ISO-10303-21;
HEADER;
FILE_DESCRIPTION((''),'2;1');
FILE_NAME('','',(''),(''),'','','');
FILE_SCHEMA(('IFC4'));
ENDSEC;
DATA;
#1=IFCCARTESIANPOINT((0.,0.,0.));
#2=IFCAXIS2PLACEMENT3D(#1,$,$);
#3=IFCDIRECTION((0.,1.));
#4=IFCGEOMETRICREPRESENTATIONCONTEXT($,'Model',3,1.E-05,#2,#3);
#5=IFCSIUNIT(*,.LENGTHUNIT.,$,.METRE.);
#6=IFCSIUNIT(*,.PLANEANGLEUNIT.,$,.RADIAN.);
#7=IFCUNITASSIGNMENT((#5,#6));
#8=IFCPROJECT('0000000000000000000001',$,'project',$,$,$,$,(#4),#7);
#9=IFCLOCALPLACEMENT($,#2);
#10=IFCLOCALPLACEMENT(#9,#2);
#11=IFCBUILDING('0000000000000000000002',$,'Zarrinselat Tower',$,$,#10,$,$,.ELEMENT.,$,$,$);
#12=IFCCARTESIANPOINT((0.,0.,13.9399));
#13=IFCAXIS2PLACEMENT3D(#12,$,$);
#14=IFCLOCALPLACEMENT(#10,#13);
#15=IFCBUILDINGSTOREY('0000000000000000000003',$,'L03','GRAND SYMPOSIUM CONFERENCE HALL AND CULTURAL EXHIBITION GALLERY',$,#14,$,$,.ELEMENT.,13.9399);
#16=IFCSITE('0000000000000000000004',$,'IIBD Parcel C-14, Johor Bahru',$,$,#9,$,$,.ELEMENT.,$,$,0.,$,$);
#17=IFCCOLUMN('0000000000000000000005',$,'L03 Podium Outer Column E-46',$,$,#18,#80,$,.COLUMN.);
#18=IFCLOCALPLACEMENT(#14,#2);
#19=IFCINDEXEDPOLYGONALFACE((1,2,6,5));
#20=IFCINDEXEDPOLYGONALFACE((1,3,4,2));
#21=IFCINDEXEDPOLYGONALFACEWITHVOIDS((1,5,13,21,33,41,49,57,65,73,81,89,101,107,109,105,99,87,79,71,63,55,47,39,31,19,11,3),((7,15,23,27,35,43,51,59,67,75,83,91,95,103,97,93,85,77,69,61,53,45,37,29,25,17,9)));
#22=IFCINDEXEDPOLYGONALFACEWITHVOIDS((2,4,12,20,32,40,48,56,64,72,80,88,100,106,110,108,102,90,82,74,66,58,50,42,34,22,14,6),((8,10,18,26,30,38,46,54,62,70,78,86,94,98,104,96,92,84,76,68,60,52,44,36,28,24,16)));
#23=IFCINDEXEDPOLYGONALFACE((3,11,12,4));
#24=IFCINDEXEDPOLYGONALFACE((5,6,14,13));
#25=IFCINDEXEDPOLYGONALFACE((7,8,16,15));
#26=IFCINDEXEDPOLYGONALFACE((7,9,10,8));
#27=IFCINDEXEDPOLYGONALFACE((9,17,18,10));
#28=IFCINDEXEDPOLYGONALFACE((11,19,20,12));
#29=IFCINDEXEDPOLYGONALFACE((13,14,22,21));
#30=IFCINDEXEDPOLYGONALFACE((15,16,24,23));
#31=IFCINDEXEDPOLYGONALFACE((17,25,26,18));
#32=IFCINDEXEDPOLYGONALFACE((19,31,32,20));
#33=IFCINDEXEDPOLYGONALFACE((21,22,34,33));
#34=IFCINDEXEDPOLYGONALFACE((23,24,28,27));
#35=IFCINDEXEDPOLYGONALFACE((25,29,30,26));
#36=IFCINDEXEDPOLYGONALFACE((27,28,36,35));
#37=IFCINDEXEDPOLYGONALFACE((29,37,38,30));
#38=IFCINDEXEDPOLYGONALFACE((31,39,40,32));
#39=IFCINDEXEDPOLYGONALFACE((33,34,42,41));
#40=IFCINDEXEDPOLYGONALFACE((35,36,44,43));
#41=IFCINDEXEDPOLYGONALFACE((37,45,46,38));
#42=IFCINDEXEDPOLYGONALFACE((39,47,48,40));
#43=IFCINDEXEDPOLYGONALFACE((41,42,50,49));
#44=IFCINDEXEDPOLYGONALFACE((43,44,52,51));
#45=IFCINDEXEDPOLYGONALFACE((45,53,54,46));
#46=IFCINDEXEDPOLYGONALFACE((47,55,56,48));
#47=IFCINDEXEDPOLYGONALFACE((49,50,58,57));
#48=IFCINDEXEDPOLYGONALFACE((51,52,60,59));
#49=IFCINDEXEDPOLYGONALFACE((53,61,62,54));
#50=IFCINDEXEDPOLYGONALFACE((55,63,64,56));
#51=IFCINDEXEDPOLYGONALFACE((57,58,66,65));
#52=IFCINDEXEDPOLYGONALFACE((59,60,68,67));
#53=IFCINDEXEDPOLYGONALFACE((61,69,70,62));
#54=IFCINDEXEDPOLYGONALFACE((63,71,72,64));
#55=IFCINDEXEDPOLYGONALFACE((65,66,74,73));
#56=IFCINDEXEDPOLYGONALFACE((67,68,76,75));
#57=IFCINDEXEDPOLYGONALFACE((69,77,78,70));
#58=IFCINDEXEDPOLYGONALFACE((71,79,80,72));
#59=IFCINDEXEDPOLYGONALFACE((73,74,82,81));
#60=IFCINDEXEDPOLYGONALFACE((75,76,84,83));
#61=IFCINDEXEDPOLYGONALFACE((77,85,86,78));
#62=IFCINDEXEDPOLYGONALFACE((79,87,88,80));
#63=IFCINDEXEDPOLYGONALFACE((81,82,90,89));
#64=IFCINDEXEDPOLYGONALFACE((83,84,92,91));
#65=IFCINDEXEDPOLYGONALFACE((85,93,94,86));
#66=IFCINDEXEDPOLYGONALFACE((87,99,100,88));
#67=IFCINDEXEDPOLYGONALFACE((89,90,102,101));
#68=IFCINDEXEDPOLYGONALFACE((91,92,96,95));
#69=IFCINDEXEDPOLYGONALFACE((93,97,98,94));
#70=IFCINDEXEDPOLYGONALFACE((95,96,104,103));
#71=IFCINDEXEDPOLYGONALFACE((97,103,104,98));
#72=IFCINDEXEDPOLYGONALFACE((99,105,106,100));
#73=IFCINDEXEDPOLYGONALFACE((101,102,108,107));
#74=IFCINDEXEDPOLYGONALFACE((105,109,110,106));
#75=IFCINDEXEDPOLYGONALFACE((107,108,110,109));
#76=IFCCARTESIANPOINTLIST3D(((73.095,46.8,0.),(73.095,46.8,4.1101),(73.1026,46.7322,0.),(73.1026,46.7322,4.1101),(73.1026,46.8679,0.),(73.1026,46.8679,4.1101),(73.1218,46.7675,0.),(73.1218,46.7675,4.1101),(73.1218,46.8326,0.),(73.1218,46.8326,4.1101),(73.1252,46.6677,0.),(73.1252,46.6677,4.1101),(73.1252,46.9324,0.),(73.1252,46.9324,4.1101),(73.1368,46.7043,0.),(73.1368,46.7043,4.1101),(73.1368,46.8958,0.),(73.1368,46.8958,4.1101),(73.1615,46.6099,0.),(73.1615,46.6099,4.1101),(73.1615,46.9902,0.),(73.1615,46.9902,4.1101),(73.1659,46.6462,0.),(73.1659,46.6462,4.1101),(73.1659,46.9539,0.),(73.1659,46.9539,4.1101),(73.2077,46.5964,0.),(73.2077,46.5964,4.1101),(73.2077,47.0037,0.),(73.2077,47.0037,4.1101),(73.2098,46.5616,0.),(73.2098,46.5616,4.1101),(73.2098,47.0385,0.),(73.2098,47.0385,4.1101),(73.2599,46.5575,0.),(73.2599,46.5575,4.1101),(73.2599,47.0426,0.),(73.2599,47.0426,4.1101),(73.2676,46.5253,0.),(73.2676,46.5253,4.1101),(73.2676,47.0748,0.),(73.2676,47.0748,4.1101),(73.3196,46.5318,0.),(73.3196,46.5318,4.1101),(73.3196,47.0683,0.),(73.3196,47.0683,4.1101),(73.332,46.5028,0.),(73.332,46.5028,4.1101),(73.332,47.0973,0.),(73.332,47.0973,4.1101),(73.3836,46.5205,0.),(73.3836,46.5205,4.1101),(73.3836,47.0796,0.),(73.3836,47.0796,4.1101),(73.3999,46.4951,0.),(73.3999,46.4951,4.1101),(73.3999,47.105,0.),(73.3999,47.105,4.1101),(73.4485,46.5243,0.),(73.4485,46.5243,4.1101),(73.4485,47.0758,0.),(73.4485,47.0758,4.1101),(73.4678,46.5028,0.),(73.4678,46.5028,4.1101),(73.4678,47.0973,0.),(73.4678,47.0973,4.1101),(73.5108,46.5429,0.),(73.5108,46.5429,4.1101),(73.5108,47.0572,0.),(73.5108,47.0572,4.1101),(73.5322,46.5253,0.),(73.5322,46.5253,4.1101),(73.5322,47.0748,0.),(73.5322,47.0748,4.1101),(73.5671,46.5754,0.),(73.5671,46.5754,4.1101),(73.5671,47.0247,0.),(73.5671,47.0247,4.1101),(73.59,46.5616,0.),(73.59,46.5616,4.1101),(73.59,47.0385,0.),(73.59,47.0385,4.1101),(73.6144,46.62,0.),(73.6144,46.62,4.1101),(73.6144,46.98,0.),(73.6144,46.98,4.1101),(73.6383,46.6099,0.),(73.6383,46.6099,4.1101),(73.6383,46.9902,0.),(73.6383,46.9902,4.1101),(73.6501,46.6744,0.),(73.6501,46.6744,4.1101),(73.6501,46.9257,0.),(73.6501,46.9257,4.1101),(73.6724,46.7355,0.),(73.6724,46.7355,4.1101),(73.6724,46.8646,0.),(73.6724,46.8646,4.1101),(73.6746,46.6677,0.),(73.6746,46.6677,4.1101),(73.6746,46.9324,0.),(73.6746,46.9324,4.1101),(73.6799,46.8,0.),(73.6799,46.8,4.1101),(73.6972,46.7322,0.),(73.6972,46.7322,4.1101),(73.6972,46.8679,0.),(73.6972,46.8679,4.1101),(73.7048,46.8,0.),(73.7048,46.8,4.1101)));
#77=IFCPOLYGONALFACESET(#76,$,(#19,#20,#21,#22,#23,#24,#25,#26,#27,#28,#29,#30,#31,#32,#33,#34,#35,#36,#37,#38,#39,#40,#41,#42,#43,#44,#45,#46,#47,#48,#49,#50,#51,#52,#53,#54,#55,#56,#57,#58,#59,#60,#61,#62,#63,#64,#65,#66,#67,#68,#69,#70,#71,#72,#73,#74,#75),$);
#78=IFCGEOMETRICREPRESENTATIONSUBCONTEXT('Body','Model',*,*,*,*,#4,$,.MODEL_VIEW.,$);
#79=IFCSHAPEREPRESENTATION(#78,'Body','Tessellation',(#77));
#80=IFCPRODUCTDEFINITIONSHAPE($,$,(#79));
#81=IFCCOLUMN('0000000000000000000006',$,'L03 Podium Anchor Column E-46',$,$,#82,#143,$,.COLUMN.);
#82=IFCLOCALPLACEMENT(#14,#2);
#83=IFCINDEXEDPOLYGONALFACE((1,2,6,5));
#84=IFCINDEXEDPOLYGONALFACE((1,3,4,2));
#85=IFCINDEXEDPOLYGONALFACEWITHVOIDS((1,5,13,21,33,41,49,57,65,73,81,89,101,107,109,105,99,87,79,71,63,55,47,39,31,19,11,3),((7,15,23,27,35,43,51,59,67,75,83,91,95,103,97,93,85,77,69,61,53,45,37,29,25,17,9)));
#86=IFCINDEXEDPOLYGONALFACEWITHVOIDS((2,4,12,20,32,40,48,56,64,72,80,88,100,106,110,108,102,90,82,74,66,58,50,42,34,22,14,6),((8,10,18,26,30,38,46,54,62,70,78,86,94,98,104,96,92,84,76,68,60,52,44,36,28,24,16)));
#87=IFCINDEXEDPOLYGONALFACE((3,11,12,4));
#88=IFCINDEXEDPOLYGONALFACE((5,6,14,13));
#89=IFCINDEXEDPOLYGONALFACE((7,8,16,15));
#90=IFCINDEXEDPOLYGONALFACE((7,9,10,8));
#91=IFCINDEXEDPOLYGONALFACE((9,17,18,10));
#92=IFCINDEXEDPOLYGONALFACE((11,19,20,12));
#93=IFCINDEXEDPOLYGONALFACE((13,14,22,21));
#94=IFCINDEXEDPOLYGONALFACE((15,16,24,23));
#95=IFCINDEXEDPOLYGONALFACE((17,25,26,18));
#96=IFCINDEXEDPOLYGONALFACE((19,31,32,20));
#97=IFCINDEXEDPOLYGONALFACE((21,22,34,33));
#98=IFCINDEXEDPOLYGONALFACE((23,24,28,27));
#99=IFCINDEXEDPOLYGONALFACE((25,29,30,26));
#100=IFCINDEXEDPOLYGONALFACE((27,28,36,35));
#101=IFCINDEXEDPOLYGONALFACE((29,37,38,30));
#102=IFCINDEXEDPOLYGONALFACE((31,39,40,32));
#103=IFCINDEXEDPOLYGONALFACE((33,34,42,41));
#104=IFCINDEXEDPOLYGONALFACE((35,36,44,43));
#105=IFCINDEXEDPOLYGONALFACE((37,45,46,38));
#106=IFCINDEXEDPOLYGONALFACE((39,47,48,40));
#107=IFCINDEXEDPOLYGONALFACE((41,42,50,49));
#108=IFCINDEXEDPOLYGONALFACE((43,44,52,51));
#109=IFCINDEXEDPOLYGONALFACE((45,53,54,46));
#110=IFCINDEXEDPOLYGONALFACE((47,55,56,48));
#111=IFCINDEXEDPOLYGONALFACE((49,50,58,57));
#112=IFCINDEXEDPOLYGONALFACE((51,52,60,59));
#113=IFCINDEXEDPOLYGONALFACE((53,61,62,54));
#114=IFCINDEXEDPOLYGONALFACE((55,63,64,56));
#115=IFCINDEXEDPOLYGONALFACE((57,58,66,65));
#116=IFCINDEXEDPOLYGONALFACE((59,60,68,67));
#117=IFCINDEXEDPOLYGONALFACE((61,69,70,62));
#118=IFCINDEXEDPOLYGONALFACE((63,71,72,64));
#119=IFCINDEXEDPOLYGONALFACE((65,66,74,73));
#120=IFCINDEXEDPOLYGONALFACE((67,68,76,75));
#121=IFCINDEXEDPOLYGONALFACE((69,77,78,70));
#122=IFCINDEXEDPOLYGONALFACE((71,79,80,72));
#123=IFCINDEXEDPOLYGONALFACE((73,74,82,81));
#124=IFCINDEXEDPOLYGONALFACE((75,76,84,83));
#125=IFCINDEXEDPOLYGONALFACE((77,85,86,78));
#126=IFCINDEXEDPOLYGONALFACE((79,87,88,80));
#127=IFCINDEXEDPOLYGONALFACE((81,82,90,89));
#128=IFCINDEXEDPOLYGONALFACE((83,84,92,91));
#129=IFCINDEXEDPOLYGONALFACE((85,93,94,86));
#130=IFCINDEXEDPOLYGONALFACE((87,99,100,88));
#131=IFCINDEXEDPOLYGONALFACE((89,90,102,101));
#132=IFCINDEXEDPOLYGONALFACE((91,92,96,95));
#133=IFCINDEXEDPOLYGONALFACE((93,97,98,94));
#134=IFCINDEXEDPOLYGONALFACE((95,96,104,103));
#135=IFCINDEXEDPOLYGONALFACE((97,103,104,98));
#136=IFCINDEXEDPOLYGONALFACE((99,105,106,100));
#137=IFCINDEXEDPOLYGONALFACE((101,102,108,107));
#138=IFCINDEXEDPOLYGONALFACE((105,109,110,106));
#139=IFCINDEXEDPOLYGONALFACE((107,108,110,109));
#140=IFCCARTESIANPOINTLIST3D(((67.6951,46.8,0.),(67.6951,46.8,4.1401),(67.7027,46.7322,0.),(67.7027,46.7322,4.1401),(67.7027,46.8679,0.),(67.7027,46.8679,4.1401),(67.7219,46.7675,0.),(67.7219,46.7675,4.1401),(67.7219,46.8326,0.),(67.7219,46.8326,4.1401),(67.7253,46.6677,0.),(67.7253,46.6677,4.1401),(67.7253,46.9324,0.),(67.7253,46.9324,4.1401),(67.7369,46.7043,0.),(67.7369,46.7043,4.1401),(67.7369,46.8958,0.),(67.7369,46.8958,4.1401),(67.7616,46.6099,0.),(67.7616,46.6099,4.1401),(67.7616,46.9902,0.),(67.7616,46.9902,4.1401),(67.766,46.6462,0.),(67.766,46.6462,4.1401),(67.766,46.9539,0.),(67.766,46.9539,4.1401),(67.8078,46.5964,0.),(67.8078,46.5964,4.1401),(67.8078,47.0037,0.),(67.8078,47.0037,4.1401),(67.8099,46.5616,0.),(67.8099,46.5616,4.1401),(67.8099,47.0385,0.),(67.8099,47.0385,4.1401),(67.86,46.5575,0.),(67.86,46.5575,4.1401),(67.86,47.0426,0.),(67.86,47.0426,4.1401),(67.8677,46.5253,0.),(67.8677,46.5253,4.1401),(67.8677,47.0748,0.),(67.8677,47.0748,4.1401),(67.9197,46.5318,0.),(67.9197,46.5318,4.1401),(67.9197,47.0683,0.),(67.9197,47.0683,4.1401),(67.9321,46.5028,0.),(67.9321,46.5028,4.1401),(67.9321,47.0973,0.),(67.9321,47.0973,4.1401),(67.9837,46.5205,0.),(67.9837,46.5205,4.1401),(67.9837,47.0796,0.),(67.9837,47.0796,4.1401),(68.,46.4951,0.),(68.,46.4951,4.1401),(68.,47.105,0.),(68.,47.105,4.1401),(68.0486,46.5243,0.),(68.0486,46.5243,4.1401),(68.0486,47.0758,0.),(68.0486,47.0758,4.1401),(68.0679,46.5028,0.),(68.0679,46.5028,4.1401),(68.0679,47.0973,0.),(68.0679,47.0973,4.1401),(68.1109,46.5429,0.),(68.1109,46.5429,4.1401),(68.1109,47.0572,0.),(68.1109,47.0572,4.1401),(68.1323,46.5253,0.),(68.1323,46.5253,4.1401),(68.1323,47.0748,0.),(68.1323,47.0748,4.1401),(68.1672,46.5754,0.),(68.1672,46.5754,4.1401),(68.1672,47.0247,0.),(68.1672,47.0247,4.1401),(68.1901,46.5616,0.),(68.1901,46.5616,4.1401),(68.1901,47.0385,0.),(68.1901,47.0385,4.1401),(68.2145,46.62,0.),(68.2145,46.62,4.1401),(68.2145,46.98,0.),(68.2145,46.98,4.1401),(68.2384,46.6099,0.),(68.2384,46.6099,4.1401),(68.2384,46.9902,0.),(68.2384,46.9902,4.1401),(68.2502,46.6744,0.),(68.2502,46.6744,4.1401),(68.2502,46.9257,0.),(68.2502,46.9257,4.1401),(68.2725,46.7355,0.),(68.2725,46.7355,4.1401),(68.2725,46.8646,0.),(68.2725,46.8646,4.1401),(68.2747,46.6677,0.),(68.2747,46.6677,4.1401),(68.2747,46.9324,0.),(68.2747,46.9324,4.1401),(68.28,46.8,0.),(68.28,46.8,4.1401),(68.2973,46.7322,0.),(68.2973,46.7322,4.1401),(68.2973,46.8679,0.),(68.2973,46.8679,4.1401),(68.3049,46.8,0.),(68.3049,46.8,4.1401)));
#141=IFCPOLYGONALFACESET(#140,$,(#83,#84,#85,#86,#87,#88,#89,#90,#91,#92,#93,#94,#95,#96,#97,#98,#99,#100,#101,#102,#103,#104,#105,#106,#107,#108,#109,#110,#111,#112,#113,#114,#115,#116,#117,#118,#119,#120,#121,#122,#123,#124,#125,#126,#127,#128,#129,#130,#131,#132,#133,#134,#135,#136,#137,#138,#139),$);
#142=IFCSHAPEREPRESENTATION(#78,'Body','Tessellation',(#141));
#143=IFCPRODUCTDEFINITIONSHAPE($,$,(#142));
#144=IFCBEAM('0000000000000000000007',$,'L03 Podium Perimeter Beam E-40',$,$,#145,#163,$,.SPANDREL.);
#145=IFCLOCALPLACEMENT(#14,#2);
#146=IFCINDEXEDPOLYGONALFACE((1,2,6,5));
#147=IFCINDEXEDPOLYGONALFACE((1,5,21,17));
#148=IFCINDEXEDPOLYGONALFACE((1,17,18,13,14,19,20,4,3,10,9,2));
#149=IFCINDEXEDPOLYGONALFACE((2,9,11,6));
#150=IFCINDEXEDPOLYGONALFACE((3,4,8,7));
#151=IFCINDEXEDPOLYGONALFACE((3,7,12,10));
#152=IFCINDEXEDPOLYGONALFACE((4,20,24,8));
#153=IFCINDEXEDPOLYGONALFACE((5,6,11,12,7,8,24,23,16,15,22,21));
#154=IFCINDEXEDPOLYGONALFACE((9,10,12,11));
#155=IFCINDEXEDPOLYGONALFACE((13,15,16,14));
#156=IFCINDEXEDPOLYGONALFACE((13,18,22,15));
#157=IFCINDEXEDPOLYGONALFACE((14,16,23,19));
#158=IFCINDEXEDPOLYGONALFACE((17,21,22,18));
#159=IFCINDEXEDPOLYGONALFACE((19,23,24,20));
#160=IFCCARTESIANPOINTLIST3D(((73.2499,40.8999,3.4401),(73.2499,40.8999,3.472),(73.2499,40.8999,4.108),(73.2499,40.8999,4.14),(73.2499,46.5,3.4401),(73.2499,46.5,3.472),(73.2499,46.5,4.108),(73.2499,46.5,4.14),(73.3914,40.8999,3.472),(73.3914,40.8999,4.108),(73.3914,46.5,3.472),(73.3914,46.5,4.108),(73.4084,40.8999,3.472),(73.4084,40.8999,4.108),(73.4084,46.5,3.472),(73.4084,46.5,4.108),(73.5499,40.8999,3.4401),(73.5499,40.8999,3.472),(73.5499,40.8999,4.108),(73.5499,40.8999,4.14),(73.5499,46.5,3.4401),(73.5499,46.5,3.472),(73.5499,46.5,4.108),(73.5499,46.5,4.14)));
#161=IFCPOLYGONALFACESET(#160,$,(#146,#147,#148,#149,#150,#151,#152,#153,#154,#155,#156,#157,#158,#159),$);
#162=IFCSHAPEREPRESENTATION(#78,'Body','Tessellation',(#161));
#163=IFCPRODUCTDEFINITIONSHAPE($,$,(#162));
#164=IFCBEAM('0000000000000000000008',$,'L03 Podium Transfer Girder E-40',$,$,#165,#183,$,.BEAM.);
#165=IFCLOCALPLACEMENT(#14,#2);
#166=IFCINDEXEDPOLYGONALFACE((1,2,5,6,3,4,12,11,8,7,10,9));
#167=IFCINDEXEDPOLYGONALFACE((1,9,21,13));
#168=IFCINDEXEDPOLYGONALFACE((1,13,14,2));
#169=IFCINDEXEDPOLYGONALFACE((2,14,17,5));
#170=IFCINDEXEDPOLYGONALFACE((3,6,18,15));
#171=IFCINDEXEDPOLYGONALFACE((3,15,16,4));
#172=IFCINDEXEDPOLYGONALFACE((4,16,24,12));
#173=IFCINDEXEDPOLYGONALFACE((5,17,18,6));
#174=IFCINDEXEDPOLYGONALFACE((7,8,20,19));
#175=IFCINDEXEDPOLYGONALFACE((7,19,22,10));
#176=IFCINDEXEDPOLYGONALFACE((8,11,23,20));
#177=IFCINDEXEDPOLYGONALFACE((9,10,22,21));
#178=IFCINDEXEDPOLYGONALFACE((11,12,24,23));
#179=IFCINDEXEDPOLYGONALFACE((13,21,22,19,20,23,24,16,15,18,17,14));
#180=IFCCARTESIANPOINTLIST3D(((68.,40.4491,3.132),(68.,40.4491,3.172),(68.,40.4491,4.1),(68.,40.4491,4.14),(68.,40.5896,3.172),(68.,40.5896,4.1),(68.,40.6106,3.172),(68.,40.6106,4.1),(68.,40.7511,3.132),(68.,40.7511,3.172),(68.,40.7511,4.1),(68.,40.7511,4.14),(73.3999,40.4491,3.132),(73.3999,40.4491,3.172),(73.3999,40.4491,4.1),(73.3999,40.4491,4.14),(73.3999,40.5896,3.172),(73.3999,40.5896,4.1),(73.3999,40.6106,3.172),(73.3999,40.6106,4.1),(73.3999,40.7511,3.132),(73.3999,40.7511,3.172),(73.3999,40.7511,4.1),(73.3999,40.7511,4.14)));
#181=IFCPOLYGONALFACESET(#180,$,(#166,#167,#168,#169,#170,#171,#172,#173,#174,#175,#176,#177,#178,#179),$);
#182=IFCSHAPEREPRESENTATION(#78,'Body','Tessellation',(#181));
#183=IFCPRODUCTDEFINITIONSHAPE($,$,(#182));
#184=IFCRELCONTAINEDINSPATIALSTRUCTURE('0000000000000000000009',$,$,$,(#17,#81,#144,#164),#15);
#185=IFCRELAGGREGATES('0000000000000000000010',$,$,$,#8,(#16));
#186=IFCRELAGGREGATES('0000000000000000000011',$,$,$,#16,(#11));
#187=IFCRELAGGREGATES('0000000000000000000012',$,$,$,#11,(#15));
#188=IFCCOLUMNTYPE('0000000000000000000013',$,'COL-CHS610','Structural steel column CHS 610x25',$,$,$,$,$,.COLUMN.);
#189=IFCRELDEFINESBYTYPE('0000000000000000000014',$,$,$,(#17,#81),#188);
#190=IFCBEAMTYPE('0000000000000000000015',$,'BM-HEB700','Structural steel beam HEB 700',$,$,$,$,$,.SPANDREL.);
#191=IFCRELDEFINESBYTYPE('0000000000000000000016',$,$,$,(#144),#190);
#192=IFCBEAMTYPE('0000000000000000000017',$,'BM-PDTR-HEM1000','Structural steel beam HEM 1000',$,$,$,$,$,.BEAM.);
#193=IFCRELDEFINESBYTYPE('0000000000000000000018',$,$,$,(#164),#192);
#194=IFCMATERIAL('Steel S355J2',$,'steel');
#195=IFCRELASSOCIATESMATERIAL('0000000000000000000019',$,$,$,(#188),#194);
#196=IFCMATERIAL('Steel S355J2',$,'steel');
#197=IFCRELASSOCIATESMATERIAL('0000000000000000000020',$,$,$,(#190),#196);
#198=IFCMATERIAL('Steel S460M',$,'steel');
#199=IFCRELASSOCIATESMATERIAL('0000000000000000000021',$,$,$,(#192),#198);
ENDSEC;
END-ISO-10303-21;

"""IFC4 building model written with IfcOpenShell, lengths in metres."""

from ifc_helpers import new_model, si_unit, direction, frame, origin, origin_2d, place, context, subcontext, project, spatial, hollow_circle, i_section, extrude, material, material_profile, profile_set, type_object, element, save


model = new_model("IFC4")

# Units and contexts
model_context = context("Model", 3, precision=1e-05, world=origin(), true_north=direction((0.0, 1.0)))
body_context = subcontext(model_context, "Body", "Model", "MODEL_VIEW")
ifc_project = project(units=[si_unit("LENGTHUNIT", "METRE"), si_unit("PLANEANGLEUNIT", "RADIAN")], contexts=[model_context])

# Site, building, storey
site_placement = place(None, origin())
site = spatial("IfcSite", under=ifc_project, at=site_placement, Name="IIBD Parcel C-14, Johor Bahru", CompositionType="ELEMENT", RefElevation=0.0)
building_placement = place(site_placement, origin())
building = spatial("IfcBuilding", under=site, at=building_placement, Name="Zarrinselat Tower", CompositionType="ELEMENT")
storey_placement = place(building_placement, frame((0.0, 0.0, 13.9399)))
storey = spatial("IfcBuildingStorey", under=building, at=storey_placement, Name="L03", Description="GRAND SYMPOSIUM CONFERENCE HALL AND CULTURAL EXHIBITION GALLERY", CompositionType="ELEMENT", Elevation=13.9399)

# Columns
ifc_material_1 = material(Name="Steel S355J2", Category="steel")
ifc_material_profile_1 = material_profile(ifc_material_1, hollow_circle(Radius=0.3049, WallThickness=0.0249, at=origin_2d()), Name="CHS 610x25")
ifc_profile_set_1 = profile_set([ifc_material_profile_1], Name="Steel S355J2")
column_type = type_object("IfcColumnType", Name="COL-CHS610", Description="Structural steel column CHS 610x25", PredefinedType="COLUMN", material=ifc_profile_set_1)
column_1_placement = place(storey_placement, frame((73.3999, 46.8, 0.0), z_axis=(0.0, 0.0, 1.0), x_axis=(1.0, 0.0, 0.0)))
element("IfcColumn", 1, at=column_1_placement, inside=storey, type_object=column_type, Name="L03 Podium Outer Column E-46", PredefinedType="COLUMN", context=body_context, shape_type="SweptSolid", body=[
    extrude(hollow_circle(Radius=0.3049, WallThickness=0.0249, at=origin_2d()), origin(), (0.0, 0.0, 1.0), 4.1101),
])
column_2_placement = place(storey_placement, frame((68.0, 46.8, 0.0), z_axis=(0.0, 0.0, 1.0), x_axis=(1.0, 0.0, 0.0)))
element("IfcColumn", 2, at=column_2_placement, inside=storey, type_object=column_type, Name="L03 Podium Anchor Column E-46", PredefinedType="COLUMN", context=body_context, shape_type="SweptSolid", body=[
    extrude(hollow_circle(Radius=0.3049, WallThickness=0.0249, at=origin_2d()), origin(), (0.0, 0.0, 1.0), 4.1401),
])

# Beams
ifc_material_2 = material(Name="Steel S355J2", Category="steel")
ifc_material_profile_2 = material_profile(ifc_material_2, i_section(OverallWidth=0.3, OverallDepth=0.7, WebThickness=0.0171, FlangeThickness=0.032, at=origin_2d()), Name="HEB 700")
ifc_profile_set_2 = profile_set([ifc_material_profile_2], Name="Steel S355J2")
beam_type_1 = type_object("IfcBeamType", Name="BM-HEB700", Description="Structural steel beam HEB 700", PredefinedType="SPANDREL", material=ifc_profile_set_2)
beam_placement = place(storey_placement, frame((73.3999, 40.8999, 3.79), z_axis=(0.0, 1.0, 0.0), x_axis=(-1.0, 0.0, 0.0)))
element("IfcBeam", 3, at=beam_placement, inside=storey, type_object=beam_type_1, Name="L03 Podium Perimeter Beam E-40", PredefinedType="SPANDREL", context=body_context, shape_type="SweptSolid", body=[
    extrude(i_section(OverallWidth=0.3, OverallDepth=0.7, WebThickness=0.0171, FlangeThickness=0.032, at=origin_2d()), origin(), (0.0, 0.0, 1.0), 5.6001),
])
ifc_material_3 = material(Name="Steel S460M", Category="steel")
ifc_material_profile_3 = material_profile(ifc_material_3, i_section(OverallWidth=0.302, OverallDepth=1.0081, WebThickness=0.021, FlangeThickness=0.04, at=origin_2d()), Name="HEM 1000")
ifc_profile_set_3 = profile_set([ifc_material_profile_3], Name="Steel S460M")
beam_type_2 = type_object("IfcBeamType", Name="BM-PDTR-HEM1000", Description="Structural steel beam HEM 1000", PredefinedType="BEAM", material=ifc_profile_set_3)
for number, where, z_axis, x_axis, name in (
    (4, (68.0, 40.6001, 3.636), (1.0, 0.0, 0.0), (0.0, 1.0, 0.0), "L03 Podium Transfer Girder E-40"),
):
    element("IfcBeam", number, at=place(storey_placement, frame(where, z_axis=z_axis, x_axis=x_axis)), inside=storey, type_object=beam_type_2, Name=name, PredefinedType="BEAM", context=body_context, shape_type="SweptSolid", body=[
        extrude(i_section(OverallWidth=0.302, OverallDepth=1.0081, WebThickness=0.021, FlangeThickness=0.04, at=origin_2d()), origin(), (0.0, 0.0, 1.0), 5.3999),
    ])

save(model, "model.ifc")
